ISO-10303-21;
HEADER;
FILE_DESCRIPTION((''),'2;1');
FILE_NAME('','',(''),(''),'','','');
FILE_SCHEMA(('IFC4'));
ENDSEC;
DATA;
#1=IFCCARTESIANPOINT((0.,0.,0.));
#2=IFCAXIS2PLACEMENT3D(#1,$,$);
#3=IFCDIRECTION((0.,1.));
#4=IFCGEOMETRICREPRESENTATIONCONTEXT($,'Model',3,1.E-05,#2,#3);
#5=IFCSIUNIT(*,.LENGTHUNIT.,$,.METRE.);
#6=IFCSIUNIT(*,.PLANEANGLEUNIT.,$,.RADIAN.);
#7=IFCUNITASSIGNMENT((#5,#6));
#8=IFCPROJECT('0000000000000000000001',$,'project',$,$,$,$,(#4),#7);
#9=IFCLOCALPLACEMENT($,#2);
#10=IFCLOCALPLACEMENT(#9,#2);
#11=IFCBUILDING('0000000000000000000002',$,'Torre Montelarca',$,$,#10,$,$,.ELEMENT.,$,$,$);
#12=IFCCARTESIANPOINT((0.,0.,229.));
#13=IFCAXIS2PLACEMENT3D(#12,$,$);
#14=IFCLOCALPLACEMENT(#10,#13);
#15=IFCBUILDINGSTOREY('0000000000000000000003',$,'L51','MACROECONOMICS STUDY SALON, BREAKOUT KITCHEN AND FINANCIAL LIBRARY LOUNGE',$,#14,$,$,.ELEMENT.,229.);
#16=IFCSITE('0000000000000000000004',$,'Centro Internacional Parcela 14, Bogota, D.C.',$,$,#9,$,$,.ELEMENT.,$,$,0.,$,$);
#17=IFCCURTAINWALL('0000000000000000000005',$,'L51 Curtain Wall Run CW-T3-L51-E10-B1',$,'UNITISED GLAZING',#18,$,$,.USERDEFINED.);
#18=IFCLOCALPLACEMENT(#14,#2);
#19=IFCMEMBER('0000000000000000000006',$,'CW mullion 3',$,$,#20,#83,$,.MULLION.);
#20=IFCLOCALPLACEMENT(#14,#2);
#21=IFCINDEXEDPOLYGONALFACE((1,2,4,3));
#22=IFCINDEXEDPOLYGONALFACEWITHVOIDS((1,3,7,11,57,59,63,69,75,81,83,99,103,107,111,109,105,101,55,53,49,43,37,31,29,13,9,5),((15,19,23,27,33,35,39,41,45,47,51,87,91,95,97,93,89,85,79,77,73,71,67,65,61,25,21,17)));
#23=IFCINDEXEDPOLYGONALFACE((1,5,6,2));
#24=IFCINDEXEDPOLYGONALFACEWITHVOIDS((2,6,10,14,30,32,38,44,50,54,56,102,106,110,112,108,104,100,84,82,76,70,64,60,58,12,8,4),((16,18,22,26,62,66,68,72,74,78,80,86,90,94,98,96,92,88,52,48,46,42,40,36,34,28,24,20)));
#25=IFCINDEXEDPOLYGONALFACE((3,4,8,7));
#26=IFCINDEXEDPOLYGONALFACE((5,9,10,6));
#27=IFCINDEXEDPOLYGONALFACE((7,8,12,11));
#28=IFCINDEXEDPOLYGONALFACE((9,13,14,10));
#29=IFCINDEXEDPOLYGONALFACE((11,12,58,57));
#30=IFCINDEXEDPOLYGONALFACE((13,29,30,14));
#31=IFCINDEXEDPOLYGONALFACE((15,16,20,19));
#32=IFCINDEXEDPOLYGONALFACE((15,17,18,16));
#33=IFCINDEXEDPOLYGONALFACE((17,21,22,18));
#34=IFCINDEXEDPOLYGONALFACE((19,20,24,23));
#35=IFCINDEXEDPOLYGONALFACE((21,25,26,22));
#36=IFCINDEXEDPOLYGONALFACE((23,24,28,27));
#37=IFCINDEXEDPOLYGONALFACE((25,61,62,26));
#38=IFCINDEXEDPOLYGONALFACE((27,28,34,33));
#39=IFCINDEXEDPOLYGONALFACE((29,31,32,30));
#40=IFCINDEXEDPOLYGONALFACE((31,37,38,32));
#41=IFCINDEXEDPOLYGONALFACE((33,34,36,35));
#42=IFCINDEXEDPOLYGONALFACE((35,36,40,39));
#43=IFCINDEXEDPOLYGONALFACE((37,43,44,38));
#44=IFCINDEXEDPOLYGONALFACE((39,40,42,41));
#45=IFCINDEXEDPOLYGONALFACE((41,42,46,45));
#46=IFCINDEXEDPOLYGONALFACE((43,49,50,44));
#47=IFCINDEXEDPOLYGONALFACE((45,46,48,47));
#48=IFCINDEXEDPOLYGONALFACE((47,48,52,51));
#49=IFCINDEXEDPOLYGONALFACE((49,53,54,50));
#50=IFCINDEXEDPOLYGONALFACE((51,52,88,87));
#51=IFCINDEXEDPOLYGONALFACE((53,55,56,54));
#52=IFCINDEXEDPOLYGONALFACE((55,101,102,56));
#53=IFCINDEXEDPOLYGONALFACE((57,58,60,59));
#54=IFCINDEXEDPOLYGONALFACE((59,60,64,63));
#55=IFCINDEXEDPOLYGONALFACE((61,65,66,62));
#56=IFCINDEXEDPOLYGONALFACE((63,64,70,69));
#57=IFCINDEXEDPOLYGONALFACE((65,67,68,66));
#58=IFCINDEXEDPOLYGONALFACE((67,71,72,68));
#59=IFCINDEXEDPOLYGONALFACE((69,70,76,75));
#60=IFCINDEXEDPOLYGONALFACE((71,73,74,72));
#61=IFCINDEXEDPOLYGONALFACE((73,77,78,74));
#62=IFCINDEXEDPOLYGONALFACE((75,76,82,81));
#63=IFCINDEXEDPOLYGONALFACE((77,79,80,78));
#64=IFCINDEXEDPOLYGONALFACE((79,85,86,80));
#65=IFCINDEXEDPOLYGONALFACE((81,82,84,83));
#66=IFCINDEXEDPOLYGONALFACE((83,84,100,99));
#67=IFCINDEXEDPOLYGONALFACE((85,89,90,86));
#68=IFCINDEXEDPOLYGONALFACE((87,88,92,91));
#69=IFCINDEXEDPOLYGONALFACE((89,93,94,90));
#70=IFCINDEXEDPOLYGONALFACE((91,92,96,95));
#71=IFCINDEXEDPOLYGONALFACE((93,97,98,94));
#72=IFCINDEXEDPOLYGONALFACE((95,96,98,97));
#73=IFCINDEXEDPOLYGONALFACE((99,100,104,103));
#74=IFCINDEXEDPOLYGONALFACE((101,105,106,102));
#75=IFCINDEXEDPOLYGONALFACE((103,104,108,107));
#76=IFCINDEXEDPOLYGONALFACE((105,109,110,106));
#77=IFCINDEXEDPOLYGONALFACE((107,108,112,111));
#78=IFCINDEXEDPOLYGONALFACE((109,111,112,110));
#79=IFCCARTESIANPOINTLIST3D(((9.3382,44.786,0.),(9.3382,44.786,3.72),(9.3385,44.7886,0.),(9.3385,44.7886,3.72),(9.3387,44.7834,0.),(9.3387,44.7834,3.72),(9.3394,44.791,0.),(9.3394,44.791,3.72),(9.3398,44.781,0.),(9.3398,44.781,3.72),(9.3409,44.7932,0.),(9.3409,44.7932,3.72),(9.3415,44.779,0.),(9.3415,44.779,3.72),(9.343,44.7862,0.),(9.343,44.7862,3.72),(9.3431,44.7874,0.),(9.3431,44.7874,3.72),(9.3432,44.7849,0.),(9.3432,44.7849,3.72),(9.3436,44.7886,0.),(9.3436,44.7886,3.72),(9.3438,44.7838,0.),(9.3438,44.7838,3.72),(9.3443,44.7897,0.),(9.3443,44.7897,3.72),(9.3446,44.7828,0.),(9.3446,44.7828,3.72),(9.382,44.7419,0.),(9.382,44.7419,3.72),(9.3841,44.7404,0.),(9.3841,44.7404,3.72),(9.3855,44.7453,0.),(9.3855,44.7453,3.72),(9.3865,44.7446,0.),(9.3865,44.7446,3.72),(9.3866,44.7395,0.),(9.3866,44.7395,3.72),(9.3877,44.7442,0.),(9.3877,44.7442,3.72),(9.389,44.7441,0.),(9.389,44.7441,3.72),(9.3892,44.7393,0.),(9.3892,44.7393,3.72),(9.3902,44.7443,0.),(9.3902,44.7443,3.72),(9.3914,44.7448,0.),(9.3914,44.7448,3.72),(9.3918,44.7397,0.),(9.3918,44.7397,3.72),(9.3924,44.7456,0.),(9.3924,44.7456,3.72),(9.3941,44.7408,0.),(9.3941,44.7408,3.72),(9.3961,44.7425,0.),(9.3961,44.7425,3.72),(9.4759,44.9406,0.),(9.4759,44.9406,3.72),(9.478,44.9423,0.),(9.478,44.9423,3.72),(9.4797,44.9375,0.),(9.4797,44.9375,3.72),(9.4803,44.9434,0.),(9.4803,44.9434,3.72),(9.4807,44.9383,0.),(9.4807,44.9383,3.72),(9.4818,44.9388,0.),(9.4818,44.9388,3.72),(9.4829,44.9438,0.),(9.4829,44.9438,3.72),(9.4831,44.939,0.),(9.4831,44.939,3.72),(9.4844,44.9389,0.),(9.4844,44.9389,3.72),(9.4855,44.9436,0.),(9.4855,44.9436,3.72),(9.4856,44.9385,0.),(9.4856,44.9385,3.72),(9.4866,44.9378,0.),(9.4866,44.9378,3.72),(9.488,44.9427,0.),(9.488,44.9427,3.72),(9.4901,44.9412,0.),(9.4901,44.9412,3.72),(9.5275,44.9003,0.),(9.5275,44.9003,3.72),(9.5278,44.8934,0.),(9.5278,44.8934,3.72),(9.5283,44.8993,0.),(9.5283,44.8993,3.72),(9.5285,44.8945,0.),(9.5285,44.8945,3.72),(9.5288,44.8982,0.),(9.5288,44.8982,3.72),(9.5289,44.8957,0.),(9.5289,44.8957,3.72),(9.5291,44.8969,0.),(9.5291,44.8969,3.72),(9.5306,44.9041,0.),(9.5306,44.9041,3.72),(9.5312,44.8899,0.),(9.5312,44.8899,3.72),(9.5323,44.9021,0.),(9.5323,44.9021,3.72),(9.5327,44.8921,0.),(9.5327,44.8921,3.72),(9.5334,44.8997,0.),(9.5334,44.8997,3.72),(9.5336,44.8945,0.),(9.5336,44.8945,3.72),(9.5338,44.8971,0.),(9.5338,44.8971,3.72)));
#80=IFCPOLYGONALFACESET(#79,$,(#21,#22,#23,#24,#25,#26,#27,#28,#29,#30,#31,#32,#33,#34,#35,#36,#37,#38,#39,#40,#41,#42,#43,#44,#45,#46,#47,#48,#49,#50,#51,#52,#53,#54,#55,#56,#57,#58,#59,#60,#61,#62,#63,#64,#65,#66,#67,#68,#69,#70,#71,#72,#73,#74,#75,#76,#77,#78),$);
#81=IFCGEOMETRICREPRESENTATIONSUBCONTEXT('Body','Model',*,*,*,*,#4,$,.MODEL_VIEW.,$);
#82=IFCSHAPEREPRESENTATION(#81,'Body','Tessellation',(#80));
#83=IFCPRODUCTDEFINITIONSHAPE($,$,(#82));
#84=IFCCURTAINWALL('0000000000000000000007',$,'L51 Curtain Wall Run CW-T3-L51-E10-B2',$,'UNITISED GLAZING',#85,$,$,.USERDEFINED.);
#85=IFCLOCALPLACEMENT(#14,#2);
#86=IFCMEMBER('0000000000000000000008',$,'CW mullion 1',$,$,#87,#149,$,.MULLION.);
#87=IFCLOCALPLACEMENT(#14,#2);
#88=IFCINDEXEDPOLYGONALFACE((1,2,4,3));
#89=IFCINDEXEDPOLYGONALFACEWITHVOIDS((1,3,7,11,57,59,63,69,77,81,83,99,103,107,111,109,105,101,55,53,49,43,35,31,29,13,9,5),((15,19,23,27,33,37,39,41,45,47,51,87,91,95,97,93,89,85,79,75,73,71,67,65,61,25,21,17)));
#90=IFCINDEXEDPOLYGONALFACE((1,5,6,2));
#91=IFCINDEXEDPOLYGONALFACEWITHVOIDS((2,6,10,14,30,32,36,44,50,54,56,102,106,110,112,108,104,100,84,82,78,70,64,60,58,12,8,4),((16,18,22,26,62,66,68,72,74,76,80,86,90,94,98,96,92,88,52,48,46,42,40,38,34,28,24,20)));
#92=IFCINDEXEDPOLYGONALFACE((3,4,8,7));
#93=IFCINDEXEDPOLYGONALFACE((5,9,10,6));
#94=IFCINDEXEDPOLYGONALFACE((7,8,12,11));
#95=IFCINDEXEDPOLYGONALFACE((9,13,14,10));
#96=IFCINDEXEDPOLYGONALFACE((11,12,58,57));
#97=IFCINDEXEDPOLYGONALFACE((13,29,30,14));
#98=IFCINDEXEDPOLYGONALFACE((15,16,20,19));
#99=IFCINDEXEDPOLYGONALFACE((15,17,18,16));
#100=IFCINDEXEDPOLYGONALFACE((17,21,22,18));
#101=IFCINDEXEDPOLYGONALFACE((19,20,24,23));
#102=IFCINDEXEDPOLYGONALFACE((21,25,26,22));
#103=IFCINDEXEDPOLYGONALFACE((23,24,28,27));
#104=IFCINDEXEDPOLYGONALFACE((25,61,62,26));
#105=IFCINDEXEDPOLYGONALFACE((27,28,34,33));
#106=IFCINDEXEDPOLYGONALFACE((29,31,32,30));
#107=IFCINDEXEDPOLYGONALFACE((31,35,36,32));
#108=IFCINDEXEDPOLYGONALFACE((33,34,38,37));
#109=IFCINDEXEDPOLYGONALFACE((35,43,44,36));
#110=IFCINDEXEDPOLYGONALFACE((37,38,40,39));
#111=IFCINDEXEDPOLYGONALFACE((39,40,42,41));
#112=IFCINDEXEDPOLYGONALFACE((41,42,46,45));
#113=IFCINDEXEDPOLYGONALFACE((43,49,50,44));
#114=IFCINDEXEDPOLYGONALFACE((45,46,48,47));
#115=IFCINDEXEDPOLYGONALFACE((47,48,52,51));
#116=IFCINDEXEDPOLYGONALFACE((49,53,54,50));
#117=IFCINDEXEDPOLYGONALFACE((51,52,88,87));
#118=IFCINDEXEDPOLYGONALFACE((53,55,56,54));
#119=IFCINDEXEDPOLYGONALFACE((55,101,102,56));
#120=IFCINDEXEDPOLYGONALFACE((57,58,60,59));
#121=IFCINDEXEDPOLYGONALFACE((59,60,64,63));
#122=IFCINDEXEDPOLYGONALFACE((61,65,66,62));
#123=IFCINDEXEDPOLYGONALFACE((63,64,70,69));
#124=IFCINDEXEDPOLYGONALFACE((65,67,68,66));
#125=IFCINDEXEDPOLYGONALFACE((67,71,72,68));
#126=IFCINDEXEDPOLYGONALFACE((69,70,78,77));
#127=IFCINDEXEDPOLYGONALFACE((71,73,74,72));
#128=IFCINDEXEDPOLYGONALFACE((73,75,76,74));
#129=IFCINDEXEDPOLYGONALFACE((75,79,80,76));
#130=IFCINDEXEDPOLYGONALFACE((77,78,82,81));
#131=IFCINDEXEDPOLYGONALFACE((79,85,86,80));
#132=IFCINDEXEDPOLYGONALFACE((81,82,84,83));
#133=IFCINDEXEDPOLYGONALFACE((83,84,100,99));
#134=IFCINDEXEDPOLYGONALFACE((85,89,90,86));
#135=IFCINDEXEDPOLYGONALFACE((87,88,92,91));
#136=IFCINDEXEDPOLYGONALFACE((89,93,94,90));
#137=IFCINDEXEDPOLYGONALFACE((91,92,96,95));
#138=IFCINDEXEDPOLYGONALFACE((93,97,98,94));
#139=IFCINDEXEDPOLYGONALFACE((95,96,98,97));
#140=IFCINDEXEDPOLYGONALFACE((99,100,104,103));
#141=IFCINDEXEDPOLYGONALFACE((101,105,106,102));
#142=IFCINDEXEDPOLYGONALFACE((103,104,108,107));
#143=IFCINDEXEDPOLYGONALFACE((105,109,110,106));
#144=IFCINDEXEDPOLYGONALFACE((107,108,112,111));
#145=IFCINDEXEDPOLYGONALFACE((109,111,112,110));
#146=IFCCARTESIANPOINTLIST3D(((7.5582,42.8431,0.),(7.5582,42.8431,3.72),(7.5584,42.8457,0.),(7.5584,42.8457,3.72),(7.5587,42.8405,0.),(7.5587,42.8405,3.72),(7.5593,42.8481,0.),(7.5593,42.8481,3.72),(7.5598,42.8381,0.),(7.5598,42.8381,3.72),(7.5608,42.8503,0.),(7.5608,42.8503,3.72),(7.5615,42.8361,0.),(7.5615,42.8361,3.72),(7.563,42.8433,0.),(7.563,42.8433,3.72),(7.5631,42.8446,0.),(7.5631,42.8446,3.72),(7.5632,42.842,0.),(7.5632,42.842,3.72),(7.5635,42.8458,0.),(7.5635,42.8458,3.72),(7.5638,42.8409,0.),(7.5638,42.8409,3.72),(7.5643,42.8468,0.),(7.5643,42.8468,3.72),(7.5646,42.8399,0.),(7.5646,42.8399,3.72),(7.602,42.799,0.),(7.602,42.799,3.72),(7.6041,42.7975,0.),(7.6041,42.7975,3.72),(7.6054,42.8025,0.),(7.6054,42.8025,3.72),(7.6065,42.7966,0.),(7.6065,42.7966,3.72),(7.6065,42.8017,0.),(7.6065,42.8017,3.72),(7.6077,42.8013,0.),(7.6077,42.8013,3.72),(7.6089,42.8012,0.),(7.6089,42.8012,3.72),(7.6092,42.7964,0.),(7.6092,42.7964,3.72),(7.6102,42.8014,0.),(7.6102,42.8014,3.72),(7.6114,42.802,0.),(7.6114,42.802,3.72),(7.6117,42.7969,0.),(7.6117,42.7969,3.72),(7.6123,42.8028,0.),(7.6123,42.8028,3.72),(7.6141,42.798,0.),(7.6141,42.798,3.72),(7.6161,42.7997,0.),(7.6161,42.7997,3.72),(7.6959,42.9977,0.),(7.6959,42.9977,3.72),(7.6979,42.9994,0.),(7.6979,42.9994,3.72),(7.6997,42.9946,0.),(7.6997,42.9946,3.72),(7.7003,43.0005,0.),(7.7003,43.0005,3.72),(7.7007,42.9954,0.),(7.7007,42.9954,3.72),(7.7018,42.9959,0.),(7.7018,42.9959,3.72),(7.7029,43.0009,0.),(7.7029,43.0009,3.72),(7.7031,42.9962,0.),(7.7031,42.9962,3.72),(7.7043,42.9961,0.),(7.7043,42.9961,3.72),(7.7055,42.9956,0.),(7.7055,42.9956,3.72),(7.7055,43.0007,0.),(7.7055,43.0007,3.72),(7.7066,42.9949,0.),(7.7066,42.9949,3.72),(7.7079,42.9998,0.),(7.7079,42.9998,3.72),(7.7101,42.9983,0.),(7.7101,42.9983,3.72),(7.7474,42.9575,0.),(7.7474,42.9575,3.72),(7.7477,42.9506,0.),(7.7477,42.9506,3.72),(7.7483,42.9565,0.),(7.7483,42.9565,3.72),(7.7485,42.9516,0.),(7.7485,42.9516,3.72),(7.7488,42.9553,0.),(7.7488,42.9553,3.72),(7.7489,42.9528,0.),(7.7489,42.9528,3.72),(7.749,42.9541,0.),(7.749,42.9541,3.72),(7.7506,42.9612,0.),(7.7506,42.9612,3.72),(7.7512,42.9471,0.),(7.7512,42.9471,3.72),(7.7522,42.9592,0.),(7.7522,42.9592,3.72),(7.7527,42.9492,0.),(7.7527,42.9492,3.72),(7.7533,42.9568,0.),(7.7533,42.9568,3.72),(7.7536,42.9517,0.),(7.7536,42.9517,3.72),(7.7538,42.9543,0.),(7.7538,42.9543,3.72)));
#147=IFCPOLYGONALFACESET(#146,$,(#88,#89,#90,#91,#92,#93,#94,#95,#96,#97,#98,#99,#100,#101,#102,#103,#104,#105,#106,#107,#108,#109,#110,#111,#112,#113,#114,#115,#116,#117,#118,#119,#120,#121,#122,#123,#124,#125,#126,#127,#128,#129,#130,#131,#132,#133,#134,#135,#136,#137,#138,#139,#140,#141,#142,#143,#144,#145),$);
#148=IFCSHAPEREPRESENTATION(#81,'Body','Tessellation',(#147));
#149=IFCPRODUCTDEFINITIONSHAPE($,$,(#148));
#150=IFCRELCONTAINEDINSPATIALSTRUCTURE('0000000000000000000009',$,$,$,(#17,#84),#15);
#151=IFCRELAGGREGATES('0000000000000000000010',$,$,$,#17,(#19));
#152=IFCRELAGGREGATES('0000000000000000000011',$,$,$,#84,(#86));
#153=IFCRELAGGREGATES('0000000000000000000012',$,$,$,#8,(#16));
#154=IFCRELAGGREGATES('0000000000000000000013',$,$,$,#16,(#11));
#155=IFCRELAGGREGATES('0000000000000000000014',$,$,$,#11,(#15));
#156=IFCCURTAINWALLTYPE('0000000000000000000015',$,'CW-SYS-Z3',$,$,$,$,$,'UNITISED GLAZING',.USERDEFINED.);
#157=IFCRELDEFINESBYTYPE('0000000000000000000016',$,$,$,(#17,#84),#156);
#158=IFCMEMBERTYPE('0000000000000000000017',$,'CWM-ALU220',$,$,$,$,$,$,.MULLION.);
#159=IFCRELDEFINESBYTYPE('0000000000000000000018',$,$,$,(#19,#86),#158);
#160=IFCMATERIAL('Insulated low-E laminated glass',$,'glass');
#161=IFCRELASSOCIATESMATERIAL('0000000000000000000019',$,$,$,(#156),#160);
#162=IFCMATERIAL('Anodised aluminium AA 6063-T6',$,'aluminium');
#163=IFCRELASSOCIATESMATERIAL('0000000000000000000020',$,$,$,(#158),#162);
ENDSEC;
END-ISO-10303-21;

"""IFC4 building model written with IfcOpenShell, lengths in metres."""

from ifc_helpers import new_model, si_unit, direction, frame, origin, origin_2d, place, context, subcontext, project, spatial, hollow_rectangle, extrude, source, transform, mapped, material, material_profile, profile_set, type_object, element, aggregate, save


model = new_model("IFC4")

# Units and contexts
model_context = context("Model", 3, precision=1e-05, world=origin(), true_north=direction((0.0, 1.0)))
body_context = subcontext(model_context, "Body", "Model", "MODEL_VIEW")
ifc_project = project(units=[si_unit("LENGTHUNIT", "METRE"), si_unit("PLANEANGLEUNIT", "RADIAN")], contexts=[model_context])

# Site, building, storey
site_placement = place(None, origin())
site = spatial("IfcSite", under=ifc_project, at=site_placement, Name="Centro Internacional Parcela 14, Bogota, D.C.", CompositionType="ELEMENT", RefElevation=0.0)
building_placement = place(site_placement, origin())
building = spatial("IfcBuilding", under=site, at=building_placement, Name="Torre Montelarca", CompositionType="ELEMENT")
storey_placement = place(building_placement, frame((0.0, 0.0, 229.0)))
storey = spatial("IfcBuildingStorey", under=building, at=storey_placement, Name="L51", Description="MACROECONOMICS STUDY SALON, BREAKOUT KITCHEN AND FINANCIAL LIBRARY LOUNGE", CompositionType="ELEMENT", Elevation=229.0)

# Shared definitions
ifc_material_1 = material(Name="Insulated low-E laminated glass", Category="glass")
curtain_wall_type = type_object("IfcCurtainWallType", Name="CW-SYS-Z3", ElementType="UNITISED GLAZING", PredefinedType="USERDEFINED", material=ifc_material_1)
ifc_material_2 = material(Name="Anodised aluminium AA 6063-T6", Category="aluminium")
ifc_material_profile_1 = material_profile(ifc_material_2, hollow_rectangle(XDim=0.075, YDim=0.22, WallThickness=0.0049, InnerFilletRadius=0.0049, OuterFilletRadius=0.01, at=origin_2d()), Name="ALU75X220X5", Category="aluminium")
ifc_profile_set_1 = profile_set([ifc_material_profile_1], Name="Anodised aluminium AA 6063-T6")
member_type_1 = type_object("IfcMemberType", Name="CWM-ALU220", PredefinedType="MULLION", material=ifc_profile_set_1)
shared_shape_1 = source(origin(), body_context, "Body", "SweptSolid", [
    extrude(hollow_rectangle(XDim=0.075, YDim=0.22, WallThickness=0.0049, InnerFilletRadius=0.0049, OuterFilletRadius=0.01, at=origin_2d()), origin(), (0.0, 0.0, 1.0), 3.72),
])

# Curtain walls, members
curtain_wall_1_placement = place(storey_placement, origin())
curtain_wall_1 = element("IfcCurtainWall", 1, at=curtain_wall_1_placement, inside=storey, type_object=curtain_wall_type, Name="L51 Curtain Wall Run CW-T3-L51-E10-B1", ObjectType="UNITISED GLAZING", PredefinedType="USERDEFINED")
member_1_placement = place(storey_placement, frame((9.436, 44.8416, 0.0), z_axis=(0.0, 0.0, 1.0), x_axis=(0.737271, -0.675597, 0.0)))
member_1 = element("IfcMember", 2, at=member_1_placement, type_object=member_type_1, Name="CW mullion 3", PredefinedType="MULLION", context=body_context, shape_type="MappedRepresentation", body=[
    mapped(shared_shape_1, transform((0.0, 0.0, 0.0), scale=1.0)),
])
curtain_wall_2_placement = place(storey_placement, origin())
curtain_wall_2 = element("IfcCurtainWall", 3, at=curtain_wall_2_placement, inside=storey, type_object=curtain_wall_type, Name="L51 Curtain Wall Run CW-T3-L51-E10-B2", ObjectType="UNITISED GLAZING", PredefinedType="USERDEFINED")
member_2_placement = place(storey_placement, frame((7.656, 42.8987, 0.0), z_axis=(0.0, 0.0, 1.0), x_axis=(0.737279, -0.675588, 0.0)))
member_2 = element("IfcMember", 4, at=member_2_placement, type_object=member_type_1, Name="CW mullion 1", PredefinedType="MULLION", context=body_context, shape_type="MappedRepresentation", body=[
    mapped(shared_shape_1, transform((0.0, 0.0, 0.0), scale=1.0)),
])

aggregate(curtain_wall_1, [member_1])
aggregate(curtain_wall_2, [member_2])

save(model, "model.ifc")
